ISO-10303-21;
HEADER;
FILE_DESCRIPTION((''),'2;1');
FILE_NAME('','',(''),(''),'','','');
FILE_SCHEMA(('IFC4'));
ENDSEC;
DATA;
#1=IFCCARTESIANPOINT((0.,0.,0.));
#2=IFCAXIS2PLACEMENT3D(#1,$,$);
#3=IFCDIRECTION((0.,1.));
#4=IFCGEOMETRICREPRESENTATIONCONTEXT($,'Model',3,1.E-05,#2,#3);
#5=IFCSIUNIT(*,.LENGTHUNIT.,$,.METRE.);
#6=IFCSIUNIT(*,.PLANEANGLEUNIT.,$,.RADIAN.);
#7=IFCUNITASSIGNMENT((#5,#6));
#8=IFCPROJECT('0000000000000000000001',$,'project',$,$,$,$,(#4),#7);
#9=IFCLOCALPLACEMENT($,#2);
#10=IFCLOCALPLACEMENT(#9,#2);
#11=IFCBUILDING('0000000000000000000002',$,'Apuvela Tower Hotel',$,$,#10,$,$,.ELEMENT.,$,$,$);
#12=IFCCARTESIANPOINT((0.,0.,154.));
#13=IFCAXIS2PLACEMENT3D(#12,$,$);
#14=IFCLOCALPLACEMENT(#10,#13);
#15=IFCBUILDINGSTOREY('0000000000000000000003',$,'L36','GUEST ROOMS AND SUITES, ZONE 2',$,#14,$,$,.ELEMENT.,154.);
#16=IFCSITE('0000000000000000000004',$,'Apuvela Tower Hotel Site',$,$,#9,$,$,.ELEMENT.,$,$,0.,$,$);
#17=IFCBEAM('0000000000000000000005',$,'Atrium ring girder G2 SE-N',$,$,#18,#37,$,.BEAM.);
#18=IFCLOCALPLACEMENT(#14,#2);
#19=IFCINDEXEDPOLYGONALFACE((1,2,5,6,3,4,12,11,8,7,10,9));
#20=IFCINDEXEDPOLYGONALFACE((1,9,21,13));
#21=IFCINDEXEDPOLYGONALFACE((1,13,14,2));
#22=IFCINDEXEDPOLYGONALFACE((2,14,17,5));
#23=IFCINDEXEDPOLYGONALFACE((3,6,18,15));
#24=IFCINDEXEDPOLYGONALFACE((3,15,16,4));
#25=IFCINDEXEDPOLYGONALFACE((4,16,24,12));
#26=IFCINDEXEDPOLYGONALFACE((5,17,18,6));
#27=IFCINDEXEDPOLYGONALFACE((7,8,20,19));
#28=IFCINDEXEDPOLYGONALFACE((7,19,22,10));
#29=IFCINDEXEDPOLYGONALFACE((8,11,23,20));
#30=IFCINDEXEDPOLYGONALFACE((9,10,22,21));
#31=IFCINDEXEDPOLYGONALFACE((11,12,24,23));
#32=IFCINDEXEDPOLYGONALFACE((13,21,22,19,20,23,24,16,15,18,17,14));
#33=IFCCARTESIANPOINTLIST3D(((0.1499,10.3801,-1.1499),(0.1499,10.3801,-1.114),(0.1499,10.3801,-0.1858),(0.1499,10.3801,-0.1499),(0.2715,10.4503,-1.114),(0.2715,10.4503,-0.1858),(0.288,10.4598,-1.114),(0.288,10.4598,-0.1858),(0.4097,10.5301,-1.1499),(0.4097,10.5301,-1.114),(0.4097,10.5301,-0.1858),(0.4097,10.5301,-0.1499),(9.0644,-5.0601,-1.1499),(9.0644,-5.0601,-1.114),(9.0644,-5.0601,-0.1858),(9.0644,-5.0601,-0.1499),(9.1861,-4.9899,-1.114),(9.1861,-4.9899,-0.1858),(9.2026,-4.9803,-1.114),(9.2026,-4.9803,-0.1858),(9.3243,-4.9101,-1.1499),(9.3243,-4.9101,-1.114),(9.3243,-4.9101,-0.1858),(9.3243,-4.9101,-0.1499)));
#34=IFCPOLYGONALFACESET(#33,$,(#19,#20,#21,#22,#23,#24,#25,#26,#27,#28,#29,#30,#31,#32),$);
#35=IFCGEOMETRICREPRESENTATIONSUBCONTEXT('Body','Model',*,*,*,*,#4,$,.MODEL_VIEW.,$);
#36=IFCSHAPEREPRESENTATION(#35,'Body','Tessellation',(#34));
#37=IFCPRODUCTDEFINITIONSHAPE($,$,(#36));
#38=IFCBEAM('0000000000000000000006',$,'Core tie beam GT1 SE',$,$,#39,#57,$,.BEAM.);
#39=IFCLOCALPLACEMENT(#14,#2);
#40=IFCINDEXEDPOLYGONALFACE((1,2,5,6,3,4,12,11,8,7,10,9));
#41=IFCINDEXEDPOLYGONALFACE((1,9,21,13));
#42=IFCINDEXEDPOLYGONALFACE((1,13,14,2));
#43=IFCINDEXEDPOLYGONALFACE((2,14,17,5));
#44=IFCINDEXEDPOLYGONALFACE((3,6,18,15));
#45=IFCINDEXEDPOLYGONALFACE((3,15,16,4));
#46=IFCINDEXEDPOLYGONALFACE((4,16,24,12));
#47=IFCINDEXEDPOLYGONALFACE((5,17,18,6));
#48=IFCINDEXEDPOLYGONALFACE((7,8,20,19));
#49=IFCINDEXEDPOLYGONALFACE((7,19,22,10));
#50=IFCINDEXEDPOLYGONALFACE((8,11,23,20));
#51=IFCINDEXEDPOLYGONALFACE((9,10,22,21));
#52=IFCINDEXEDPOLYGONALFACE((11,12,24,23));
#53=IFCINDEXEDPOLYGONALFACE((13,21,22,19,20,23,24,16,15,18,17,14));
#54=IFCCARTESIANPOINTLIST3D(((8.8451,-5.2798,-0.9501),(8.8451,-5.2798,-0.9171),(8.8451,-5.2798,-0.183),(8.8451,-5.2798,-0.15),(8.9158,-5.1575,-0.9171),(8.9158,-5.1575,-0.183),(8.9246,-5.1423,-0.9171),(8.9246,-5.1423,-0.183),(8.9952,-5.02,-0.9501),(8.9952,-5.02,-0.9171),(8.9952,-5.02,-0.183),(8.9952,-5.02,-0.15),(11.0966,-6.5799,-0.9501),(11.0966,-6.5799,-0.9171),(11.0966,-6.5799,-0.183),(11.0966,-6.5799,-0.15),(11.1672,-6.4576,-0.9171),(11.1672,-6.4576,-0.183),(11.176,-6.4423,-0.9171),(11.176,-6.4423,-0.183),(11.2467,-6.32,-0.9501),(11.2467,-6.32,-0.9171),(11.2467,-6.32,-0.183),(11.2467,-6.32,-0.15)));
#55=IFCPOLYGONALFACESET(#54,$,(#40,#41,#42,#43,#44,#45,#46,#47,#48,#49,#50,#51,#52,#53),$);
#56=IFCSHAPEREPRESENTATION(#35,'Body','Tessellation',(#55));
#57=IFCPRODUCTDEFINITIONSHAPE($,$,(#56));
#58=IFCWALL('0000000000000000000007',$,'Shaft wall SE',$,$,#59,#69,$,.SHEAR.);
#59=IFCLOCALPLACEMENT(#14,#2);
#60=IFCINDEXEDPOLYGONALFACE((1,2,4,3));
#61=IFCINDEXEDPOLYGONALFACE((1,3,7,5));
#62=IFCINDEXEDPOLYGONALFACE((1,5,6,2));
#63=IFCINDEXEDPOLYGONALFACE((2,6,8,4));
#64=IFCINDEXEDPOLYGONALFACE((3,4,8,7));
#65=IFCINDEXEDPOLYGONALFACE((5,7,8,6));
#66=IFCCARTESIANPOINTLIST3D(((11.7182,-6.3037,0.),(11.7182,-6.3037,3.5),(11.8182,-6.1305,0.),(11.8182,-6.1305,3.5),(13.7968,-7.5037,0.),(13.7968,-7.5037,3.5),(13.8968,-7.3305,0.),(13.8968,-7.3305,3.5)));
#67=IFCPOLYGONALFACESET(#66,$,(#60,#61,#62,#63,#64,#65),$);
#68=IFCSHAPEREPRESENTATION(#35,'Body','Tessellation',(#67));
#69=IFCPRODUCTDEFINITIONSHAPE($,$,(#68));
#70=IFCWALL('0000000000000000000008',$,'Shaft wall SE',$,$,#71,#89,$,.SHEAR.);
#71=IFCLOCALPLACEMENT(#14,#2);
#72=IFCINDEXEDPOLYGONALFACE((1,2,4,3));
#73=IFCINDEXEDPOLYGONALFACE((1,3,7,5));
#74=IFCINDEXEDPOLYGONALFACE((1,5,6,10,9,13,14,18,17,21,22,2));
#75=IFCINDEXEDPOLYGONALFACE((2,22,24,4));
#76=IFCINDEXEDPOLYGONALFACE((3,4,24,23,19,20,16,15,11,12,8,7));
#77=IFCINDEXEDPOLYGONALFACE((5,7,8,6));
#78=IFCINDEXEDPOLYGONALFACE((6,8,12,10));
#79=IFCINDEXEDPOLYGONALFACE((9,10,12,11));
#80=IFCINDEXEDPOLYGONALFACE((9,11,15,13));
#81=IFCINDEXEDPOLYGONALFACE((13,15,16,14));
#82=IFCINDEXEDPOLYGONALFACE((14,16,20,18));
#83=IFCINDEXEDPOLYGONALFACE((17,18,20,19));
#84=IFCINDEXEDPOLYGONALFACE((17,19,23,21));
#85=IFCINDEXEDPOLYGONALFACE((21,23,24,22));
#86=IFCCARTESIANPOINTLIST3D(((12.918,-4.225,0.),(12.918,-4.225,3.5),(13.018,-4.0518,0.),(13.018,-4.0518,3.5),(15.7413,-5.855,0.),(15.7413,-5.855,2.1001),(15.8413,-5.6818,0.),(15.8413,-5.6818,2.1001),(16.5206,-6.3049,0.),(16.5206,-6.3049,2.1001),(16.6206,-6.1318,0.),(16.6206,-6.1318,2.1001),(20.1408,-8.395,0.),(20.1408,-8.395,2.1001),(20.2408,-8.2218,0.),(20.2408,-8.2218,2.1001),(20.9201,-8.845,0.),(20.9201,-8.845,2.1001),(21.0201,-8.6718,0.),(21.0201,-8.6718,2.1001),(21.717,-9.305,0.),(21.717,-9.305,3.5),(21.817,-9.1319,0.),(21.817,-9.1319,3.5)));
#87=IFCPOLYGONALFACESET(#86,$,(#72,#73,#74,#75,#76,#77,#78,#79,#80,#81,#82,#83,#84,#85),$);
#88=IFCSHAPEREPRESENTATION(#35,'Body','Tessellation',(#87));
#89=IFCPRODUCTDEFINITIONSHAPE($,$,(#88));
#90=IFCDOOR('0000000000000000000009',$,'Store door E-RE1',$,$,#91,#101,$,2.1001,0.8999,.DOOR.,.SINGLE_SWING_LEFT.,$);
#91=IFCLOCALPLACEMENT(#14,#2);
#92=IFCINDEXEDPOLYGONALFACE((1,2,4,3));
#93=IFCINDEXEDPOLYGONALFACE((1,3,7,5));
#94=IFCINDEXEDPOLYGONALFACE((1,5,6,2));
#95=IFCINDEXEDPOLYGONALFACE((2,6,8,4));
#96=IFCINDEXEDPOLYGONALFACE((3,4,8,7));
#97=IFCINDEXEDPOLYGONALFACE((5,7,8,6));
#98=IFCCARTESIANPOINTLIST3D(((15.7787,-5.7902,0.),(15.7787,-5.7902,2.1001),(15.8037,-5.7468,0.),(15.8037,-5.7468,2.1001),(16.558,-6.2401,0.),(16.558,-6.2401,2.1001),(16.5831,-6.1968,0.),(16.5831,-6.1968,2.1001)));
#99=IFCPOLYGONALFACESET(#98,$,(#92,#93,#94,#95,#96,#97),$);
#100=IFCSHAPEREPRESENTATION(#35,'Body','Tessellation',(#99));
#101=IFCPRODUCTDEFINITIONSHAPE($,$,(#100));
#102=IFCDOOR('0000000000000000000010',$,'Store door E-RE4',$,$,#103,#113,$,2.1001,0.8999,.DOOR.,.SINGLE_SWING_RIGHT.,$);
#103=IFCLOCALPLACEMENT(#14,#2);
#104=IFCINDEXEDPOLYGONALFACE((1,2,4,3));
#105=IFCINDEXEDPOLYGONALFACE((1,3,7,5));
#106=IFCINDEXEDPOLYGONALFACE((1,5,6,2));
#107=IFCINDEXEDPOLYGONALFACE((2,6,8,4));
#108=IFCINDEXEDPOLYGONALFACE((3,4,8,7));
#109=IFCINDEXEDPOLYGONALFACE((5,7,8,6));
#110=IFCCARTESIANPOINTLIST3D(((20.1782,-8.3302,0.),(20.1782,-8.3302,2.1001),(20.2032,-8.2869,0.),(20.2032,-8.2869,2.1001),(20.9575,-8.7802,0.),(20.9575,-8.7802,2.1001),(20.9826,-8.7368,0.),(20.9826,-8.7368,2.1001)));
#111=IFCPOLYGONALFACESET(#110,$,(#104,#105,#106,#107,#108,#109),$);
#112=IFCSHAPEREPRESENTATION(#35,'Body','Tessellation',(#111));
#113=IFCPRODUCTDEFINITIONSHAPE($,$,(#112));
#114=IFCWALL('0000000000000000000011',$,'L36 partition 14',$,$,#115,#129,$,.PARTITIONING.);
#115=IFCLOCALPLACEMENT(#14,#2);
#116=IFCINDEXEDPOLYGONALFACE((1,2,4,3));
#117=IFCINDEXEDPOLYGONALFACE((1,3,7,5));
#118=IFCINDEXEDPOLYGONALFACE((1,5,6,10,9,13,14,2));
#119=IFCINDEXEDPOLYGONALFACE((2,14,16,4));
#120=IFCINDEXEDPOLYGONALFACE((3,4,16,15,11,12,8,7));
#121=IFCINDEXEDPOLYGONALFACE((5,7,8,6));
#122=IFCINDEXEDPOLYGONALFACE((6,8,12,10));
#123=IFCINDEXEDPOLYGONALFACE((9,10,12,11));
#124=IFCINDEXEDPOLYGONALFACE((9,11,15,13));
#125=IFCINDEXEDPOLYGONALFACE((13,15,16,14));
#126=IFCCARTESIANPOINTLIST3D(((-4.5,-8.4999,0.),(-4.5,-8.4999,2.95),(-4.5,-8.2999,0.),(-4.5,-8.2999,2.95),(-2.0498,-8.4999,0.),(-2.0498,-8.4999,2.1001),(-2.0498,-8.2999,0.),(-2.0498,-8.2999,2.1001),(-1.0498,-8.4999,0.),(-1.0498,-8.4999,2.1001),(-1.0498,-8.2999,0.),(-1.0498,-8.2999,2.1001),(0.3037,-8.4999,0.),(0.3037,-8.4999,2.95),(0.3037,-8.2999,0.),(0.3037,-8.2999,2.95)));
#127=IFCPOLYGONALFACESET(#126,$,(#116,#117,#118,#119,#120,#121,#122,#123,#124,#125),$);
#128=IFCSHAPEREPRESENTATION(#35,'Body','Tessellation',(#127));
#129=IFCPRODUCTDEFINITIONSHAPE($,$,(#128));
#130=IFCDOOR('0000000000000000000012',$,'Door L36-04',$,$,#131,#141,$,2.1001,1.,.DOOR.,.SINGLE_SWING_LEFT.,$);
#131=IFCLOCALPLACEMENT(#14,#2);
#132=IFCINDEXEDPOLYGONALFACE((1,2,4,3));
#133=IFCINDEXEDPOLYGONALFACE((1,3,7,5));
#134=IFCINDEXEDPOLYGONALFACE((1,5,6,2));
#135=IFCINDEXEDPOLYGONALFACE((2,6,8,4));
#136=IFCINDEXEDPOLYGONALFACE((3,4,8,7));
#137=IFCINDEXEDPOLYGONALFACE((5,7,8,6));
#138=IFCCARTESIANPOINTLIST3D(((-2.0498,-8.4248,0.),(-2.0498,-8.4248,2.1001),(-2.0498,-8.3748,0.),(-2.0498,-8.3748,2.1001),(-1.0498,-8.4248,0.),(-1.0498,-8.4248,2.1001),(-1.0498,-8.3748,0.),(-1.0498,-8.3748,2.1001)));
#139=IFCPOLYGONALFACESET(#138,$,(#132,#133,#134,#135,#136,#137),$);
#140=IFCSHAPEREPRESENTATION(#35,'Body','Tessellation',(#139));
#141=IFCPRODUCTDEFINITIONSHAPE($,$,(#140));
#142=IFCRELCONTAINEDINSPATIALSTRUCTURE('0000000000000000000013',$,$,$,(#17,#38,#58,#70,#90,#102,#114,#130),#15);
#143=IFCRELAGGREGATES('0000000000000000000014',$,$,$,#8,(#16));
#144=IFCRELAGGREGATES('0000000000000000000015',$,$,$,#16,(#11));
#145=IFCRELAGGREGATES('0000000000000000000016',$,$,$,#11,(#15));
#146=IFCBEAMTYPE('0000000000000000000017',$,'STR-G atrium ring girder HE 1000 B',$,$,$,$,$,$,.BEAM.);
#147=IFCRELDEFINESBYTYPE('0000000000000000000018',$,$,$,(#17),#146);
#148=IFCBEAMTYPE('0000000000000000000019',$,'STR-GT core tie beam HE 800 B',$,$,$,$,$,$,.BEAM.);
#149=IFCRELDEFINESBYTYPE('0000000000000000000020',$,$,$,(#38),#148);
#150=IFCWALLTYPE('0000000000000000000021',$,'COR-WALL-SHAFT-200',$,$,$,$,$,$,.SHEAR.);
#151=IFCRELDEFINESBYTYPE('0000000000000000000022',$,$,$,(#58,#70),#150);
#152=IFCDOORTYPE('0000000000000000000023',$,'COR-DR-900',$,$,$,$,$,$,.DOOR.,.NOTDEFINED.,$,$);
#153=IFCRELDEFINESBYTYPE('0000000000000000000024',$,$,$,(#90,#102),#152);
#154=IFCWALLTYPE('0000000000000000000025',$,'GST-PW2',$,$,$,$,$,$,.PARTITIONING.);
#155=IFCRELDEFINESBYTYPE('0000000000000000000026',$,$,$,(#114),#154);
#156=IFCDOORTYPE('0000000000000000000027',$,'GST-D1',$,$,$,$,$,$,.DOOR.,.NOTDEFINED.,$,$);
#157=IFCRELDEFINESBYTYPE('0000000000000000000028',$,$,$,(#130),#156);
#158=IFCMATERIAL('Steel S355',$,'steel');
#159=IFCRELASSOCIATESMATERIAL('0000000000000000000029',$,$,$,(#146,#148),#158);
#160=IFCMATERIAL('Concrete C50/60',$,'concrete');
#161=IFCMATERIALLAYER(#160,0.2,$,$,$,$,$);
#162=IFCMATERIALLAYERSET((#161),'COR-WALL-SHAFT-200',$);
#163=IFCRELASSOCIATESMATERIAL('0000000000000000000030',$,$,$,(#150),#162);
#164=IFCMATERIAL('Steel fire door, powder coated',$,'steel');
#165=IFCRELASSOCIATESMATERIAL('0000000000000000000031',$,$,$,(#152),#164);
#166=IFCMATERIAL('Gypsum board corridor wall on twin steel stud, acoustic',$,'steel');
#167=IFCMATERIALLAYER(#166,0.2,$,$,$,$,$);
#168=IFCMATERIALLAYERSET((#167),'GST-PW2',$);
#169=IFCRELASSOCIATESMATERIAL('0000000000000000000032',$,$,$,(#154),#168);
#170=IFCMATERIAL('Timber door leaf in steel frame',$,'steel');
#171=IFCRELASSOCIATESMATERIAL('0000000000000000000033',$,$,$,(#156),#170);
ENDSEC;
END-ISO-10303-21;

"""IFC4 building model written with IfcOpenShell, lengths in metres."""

from ifc_helpers import new_model, si_unit, direction, frame, frame_2d, origin, origin_2d, place, context, subcontext, project, spatial, rectangle, i_section, extrude, material, layer, layer_set, material_profile, profile_set, type_object, element, fill, save


model = new_model("IFC4")

# Units and contexts
model_context = context("Model", 3, precision=1e-05, world=origin(), true_north=direction((0.0, 1.0)))
body_context = subcontext(model_context, "Body", "Model", "MODEL_VIEW")
ifc_project = project(units=[si_unit("LENGTHUNIT", "METRE"), si_unit("PLANEANGLEUNIT", "RADIAN")], contexts=[model_context])

# Site, building, storey
site_placement = place(None, origin())
site = spatial("IfcSite", under=ifc_project, at=site_placement, Name="Apuvela Tower Hotel Site", CompositionType="ELEMENT", RefElevation=0.0)
building_placement = place(site_placement, origin())
building = spatial("IfcBuilding", under=site, at=building_placement, Name="Apuvela Tower Hotel", CompositionType="ELEMENT")
storey_placement = place(building_placement, frame((0.0, 0.0, 154.0)))
storey = spatial("IfcBuildingStorey", under=building, at=storey_placement, Name="L36", Description="GUEST ROOMS AND SUITES, ZONE 2", CompositionType="ELEMENT", Elevation=154.0)

# Beams
ifc_material_1 = material(Name="Steel S355", Category="steel")
ifc_material_profile_1 = material_profile(ifc_material_1, i_section(OverallWidth=0.3, OverallDepth=1.0, WebThickness=0.019, FlangeThickness=0.0359, at=origin_2d()), Name="HE 1000 B")
ifc_profile_set_1 = profile_set([ifc_material_profile_1], Name="Steel S355")
beam_type_1 = type_object("IfcBeamType", Name="STR-G atrium ring girder HE 1000 B", PredefinedType="BEAM", material=ifc_profile_set_1)
beam_1_placement = place(storey_placement, frame((9.1943, -4.9851, -0.6499), z_axis=(-0.500007, 0.866022, 0.0), x_axis=(-0.866022, -0.500007, 0.0)))
element("IfcBeam", 1, at=beam_1_placement, inside=storey, type_object=beam_type_1, Name="Atrium ring girder G2 SE-N", PredefinedType="BEAM", context=body_context, shape_type="SweptSolid", body=[
    extrude(i_section(OverallWidth=0.3, OverallDepth=1.0, WebThickness=0.019, FlangeThickness=0.0359, at=origin_2d()), origin(), (0.0, 0.0, 1.0), 17.8289),
])
ifc_material_profile_2 = material_profile(ifc_material_1, i_section(OverallWidth=0.3, OverallDepth=0.8, WebThickness=0.0176, FlangeThickness=0.033, at=origin_2d()), Name="HE 800 B")
ifc_profile_set_2 = profile_set([ifc_material_profile_2], Name="Steel S355")
beam_type_2 = type_object("IfcBeamType", Name="STR-GT core tie beam HE 800 B", PredefinedType="BEAM", material=ifc_profile_set_2)
beam_2_placement = place(storey_placement, frame((11.1716, -6.45, -0.55), z_axis=(-0.865998, 0.500048, 0.0), x_axis=(-0.500048, -0.865998, 0.0)))
element("IfcBeam", 2, at=beam_2_placement, inside=storey, type_object=beam_type_2, Name="Core tie beam GT1 SE", PredefinedType="BEAM", context=body_context, shape_type="SweptSolid", body=[
    extrude(i_section(OverallWidth=0.3, OverallDepth=0.8, WebThickness=0.0176, FlangeThickness=0.033, at=origin_2d()), origin(), (0.0, 0.0, 1.0), 2.5999),
])

# Wall
ifc_material_2 = material(Name="Concrete C50/60", Category="concrete")
ifc_layer_1 = layer(ifc_material_2, 0.2)
ifc_layer_set_1 = layer_set([ifc_layer_1], Name="COR-WALL-SHAFT-200")
wall_type_1 = type_object("IfcWallType", Name="COR-WALL-SHAFT-200", PredefinedType="SHEAR", material=ifc_layer_set_1)
wall_1_placement = place(storey_placement, frame((11.7681, -6.217, 0.0), z_axis=(0.0, 0.0, 1.0), x_axis=(0.86605, -0.499957, 0.0)))
element("IfcWall", 3, at=wall_1_placement, inside=storey, type_object=wall_type_1, Name="Shaft wall SE", PredefinedType="SHEAR", context=body_context, shape_type="SweptSolid", body=[
    extrude(rectangle(XDim=2.4001, YDim=0.2, at=frame_2d((1.2002, 0.0))), origin(), (0.0, 0.0, 1.0), 3.5),
])

# Wall, openings, doors
wall_2_placement = place(storey_placement, frame((12.968, -4.1384, 0.0), z_axis=(0.0, 0.0, 1.0), x_axis=(0.866028, -0.499995, 0.0)))
wall_2 = element("IfcWall", 4, at=wall_2_placement, inside=storey, type_object=wall_type_1, Name="Shaft wall SE", PredefinedType="SHEAR", context=body_context, shape_type="SweptSolid", body=[
    extrude(rectangle(XDim=10.1602, YDim=0.2, at=frame_2d((5.0801, 0.0))), origin(), (0.0, 0.0, 1.0), 3.5),
])
opening_1_placement = place(wall_2_placement, frame((3.26, 0.0, 0.0)))
opening_1 = element("IfcOpeningElement", 5, at=opening_1_placement, cuts=wall_2, PredefinedType="OPENING", context=body_context, shape_type="SweptSolid", body=[
    extrude(rectangle(XDim=0.8999, YDim=2.1001, at=frame_2d((0.45, 1.05))), frame((0.0, 0.1099, 0.0), z_axis=(0.0, -1.0, 0.0), x_axis=(1.0, 0.0, 0.0)), (0.0, 0.0, 1.0), 0.22),
])
opening_2_placement = place(wall_2_placement, frame((8.3401, 0.0, 0.0)))
opening_2 = element("IfcOpeningElement", 6, at=opening_2_placement, cuts=wall_2, PredefinedType="OPENING", context=body_context, shape_type="SweptSolid", body=[
    extrude(rectangle(XDim=0.8999, YDim=2.1001, at=frame_2d((0.45, 1.05))), frame((0.0, 0.1099, 0.0), z_axis=(0.0, -1.0, 0.0), x_axis=(1.0, 0.0, 0.0)), (0.0, 0.0, 1.0), 0.22),
])
ifc_material_3 = material(Name="Steel fire door, powder coated", Category="steel")
door_type_1 = type_object("IfcDoorType", Name="COR-DR-900", OperationType="NOTDEFINED", PredefinedType="DOOR", material=ifc_material_3)
door_1_placement = place(opening_1_placement, origin())
door_1 = element("IfcDoor", 7, at=door_1_placement, inside=storey, type_object=door_type_1, Name="Store door E-RE1", OperationType="SINGLE_SWING_LEFT", OverallHeight=2.1001, OverallWidth=0.8999, PredefinedType="DOOR", context=body_context, shape_type="SweptSolid", body=[
    extrude(rectangle(XDim=0.8999, YDim=2.1001, at=frame_2d((0.45, 1.05))), frame((0.0, 0.0249, 0.0), z_axis=(0.0, -1.0, 0.0), x_axis=(1.0, 0.0, 0.0)), (0.0, 0.0, 1.0), 0.05),
])
fill(opening_1, door_1)
door_2_placement = place(opening_2_placement, origin())
door_2 = element("IfcDoor", 8, at=door_2_placement, inside=storey, type_object=door_type_1, Name="Store door E-RE4", OperationType="SINGLE_SWING_RIGHT", OverallHeight=2.1001, OverallWidth=0.8999, PredefinedType="DOOR", context=body_context, shape_type="SweptSolid", body=[
    extrude(rectangle(XDim=0.8999, YDim=2.1001, at=frame_2d((0.45, 1.05))), frame((0.0, 0.0249, 0.0), z_axis=(0.0, -1.0, 0.0), x_axis=(1.0, 0.0, 0.0)), (0.0, 0.0, 1.0), 0.05),
])
fill(opening_2, door_2)

# Wall, opening, door
ifc_material_4 = material(Name="Gypsum board corridor wall on twin steel stud, acoustic", Category="steel")
ifc_layer_2 = layer(ifc_material_4, 0.2)
ifc_layer_set_2 = layer_set([ifc_layer_2], Name="GST-PW2")
wall_type_2 = type_object("IfcWallType", Name="GST-PW2", PredefinedType="PARTITIONING", material=ifc_layer_set_2)
wall_3_placement = place(storey_placement, frame((0.3037, -8.3999, 0.0), z_axis=(0.0, 0.0, 1.0), x_axis=(-1.0, 0.0, 0.0)))
wall_3 = element("IfcWall", 9, at=wall_3_placement, inside=storey, type_object=wall_type_2, Name="L36 partition 14", PredefinedType="PARTITIONING", context=body_context, shape_type="SweptSolid", body=[
    extrude(rectangle(XDim=4.8037, YDim=0.2, at=frame_2d((2.4019, 0.0))), origin(), (0.0, 0.0, 1.0), 2.95),
])
opening_3_placement = place(wall_3_placement, frame((1.3535, 0.0, 0.0)))
opening_3 = element("IfcOpeningElement", 10, at=opening_3_placement, cuts=wall_3, PredefinedType="OPENING", context=body_context, shape_type="SweptSolid", body=[
    extrude(rectangle(XDim=1.0, YDim=2.1001, at=frame_2d((0.5, 1.05))), frame((0.0, 0.1099, 0.0), z_axis=(0.0, -1.0, 0.0), x_axis=(1.0, 0.0, 0.0)), (0.0, 0.0, 1.0), 0.22),
])
ifc_material_5 = material(Name="Timber door leaf in steel frame", Category="steel")
door_type_2 = type_object("IfcDoorType", Name="GST-D1", OperationType="NOTDEFINED", PredefinedType="DOOR", material=ifc_material_5)
door_3_placement = place(opening_3_placement, origin())
door_3 = element("IfcDoor", 11, at=door_3_placement, inside=storey, type_object=door_type_2, Name="Door L36-04", OperationType="SINGLE_SWING_LEFT", OverallHeight=2.1001, OverallWidth=1.0, PredefinedType="DOOR", context=body_context, shape_type="SweptSolid", body=[
    extrude(rectangle(XDim=1.0, YDim=2.1001, at=frame_2d((0.5, 1.05))), frame((0.0, 0.0249, 0.0), z_axis=(0.0, -1.0, 0.0), x_axis=(1.0, 0.0, 0.0)), (0.0, 0.0, 1.0), 0.05),
])
fill(opening_3, door_3)

save(model, "model.ifc")
